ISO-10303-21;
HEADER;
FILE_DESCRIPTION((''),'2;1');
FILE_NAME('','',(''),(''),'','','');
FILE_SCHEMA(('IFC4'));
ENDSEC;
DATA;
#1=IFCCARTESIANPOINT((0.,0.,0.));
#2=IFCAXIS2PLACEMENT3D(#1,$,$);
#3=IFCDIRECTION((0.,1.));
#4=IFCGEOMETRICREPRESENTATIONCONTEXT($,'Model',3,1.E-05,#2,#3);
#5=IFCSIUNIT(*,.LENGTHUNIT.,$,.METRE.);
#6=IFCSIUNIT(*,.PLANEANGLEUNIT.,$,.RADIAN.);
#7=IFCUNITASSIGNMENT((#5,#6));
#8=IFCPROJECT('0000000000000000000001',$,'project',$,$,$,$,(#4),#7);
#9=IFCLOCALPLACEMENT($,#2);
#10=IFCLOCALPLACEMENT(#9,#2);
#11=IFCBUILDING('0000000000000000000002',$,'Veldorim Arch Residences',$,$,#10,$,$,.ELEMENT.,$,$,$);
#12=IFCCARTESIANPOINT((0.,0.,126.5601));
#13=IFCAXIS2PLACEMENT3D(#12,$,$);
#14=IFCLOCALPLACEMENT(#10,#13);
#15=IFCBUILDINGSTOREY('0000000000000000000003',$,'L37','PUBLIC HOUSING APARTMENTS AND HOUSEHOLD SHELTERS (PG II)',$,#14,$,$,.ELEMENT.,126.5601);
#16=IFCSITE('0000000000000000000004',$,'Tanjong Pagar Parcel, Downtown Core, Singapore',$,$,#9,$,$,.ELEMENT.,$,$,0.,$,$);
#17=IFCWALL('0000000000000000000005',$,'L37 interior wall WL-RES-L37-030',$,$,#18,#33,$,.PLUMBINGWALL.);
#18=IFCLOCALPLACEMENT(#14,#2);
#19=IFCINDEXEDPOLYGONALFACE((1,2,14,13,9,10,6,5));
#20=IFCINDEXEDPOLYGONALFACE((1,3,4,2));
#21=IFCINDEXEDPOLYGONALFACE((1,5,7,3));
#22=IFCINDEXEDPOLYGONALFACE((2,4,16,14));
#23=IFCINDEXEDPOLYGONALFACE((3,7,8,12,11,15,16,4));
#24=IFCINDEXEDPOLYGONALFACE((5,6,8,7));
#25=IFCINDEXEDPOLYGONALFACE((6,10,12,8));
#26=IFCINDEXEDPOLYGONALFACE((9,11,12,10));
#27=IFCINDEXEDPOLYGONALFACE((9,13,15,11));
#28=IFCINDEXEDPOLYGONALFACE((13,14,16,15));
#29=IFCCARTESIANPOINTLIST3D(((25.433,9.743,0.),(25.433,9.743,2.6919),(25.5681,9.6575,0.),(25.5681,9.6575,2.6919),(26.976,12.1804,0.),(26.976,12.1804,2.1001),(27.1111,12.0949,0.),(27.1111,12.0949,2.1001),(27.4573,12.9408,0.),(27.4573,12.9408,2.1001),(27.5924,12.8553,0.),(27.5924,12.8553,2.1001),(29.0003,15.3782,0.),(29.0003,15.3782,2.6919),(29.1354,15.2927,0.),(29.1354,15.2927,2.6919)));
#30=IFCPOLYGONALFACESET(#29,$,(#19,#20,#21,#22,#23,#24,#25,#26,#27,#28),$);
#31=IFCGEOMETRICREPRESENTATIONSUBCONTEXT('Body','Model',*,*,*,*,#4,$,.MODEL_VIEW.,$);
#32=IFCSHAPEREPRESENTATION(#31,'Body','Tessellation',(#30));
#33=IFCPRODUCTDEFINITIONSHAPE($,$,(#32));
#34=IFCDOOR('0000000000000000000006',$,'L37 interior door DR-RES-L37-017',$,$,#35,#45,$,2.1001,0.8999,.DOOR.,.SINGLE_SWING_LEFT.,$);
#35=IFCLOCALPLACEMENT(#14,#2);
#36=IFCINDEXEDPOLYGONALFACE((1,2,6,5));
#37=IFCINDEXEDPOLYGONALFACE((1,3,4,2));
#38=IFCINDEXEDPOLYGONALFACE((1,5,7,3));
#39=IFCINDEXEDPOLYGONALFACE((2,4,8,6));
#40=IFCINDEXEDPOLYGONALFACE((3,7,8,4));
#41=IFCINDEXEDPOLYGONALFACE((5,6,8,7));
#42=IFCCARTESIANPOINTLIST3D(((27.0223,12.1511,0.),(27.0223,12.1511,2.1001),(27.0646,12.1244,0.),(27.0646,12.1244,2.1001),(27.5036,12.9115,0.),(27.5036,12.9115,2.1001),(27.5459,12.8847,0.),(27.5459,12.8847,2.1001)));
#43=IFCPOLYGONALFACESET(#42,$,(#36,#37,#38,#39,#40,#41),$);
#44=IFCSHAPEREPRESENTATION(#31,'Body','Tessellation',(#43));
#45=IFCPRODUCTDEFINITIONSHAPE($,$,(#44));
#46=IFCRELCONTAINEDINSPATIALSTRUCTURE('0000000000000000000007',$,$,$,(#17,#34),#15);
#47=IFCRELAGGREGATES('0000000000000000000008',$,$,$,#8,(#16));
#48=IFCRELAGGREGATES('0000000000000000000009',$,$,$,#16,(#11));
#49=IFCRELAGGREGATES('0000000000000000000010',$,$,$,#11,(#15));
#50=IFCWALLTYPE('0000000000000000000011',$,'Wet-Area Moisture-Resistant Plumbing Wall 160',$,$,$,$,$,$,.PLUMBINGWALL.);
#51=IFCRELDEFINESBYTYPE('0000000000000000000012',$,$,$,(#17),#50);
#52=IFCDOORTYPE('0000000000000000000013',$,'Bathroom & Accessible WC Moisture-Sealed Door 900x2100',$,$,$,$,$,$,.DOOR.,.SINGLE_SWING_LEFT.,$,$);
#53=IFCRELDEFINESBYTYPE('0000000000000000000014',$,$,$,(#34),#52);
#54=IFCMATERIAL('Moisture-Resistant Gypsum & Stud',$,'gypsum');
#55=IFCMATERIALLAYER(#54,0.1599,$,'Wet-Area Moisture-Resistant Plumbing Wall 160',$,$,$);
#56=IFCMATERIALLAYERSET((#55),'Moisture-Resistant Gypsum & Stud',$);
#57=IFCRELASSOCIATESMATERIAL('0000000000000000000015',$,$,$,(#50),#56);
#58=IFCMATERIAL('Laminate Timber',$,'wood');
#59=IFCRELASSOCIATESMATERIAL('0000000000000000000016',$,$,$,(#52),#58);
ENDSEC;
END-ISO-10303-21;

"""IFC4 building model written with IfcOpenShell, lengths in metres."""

from ifc_helpers import new_model, si_unit, direction, frame, frame_2d, origin, place, context, subcontext, project, spatial, rectangle, extrude, material, layer, layer_set, type_object, element, fill, save


model = new_model("IFC4")

# Units and contexts
model_context = context("Model", 3, precision=1e-05, world=origin(), true_north=direction((0.0, 1.0)))
body_context = subcontext(model_context, "Body", "Model", "MODEL_VIEW")
ifc_project = project(units=[si_unit("LENGTHUNIT", "METRE"), si_unit("PLANEANGLEUNIT", "RADIAN")], contexts=[model_context])

# Site, building, storey
site_placement = place(None, origin())
site = spatial("IfcSite", under=ifc_project, at=site_placement, Name="Tanjong Pagar Parcel, Downtown Core, Singapore", CompositionType="ELEMENT", RefElevation=0.0)
building_placement = place(site_placement, origin())
building = spatial("IfcBuilding", under=site, at=building_placement, Name="Veldorim Arch Residences", CompositionType="ELEMENT")
storey_placement = place(building_placement, frame((0.0, 0.0, 126.5601)))
storey = spatial("IfcBuildingStorey", under=building, at=storey_placement, Name="L37", Description="PUBLIC HOUSING APARTMENTS AND HOUSEHOLD SHELTERS (PG II)", CompositionType="ELEMENT", Elevation=126.5601)

# Wall, opening, door
ifc_material_1 = material(Name="Moisture-Resistant Gypsum & Stud", Category="gypsum")
ifc_layer_1 = layer(ifc_material_1, 0.1599, Name="Wet-Area Moisture-Resistant Plumbing Wall 160")
ifc_layer_set_1 = layer_set([ifc_layer_1], Name="Moisture-Resistant Gypsum & Stud")
wall_type_1 = type_object("IfcWallType", Name="Wet-Area Moisture-Resistant Plumbing Wall 160", PredefinedType="PLUMBINGWALL", material=ifc_layer_set_1)
wall_1_placement = place(storey_placement, frame((29.0679, 15.3354, 0.0), z_axis=(0.0, 0.0, 1.0), x_axis=(-0.53488, -0.844928, 0.0)))
wall_1 = element("IfcWall", 1, at=wall_1_placement, inside=storey, type_object=wall_type_1, Name="L37 interior wall WL-RES-L37-030", PredefinedType="PLUMBINGWALL", context=body_context, shape_type="SweptSolid", body=[
    extrude(rectangle(XDim=6.6694, YDim=0.1599, at=frame_2d((3.3347, 0.0))), origin(), (0.0, 0.0, 1.0), 2.6919),
])
opening_1_placement = place(wall_1_placement, frame((2.8848, 0.0, 0.0)))
opening_1 = element("IfcOpeningElement", 2, at=opening_1_placement, cuts=wall_1, PredefinedType="OPENING", context=body_context, shape_type="SweptSolid", body=[
    extrude(rectangle(XDim=0.8999, YDim=2.1001, at=frame_2d((0.45, 1.05))), frame((0.0, 0.0898, 0.0), z_axis=(0.0, -1.0, 0.0), x_axis=(1.0, 0.0, 0.0)), (0.0, 0.0, 1.0), 0.1799),
])
ifc_material_2 = material(Name="Laminate Timber", Category="wood")
door_type_1 = type_object("IfcDoorType", Name="Bathroom & Accessible WC Moisture-Sealed Door 900x2100", OperationType="SINGLE_SWING_LEFT", PredefinedType="DOOR", material=ifc_material_2)
door_1_placement = place(opening_1_placement, origin())
door_1 = element("IfcDoor", 3, at=door_1_placement, inside=storey, type_object=door_type_1, Name="L37 interior door DR-RES-L37-017", OperationType="SINGLE_SWING_LEFT", OverallHeight=2.1001, OverallWidth=0.8999, PredefinedType="DOOR", context=body_context, shape_type="SweptSolid", body=[
    extrude(rectangle(XDim=0.8999, YDim=2.1001, at=frame_2d((0.45, 1.05))), frame((0.0, 0.0249, 0.0), z_axis=(0.0, -1.0, 0.0), x_axis=(1.0, 0.0, 0.0)), (0.0, 0.0, 1.0), 0.05),
])
fill(opening_1, door_1)

save(model, "model.ifc")
